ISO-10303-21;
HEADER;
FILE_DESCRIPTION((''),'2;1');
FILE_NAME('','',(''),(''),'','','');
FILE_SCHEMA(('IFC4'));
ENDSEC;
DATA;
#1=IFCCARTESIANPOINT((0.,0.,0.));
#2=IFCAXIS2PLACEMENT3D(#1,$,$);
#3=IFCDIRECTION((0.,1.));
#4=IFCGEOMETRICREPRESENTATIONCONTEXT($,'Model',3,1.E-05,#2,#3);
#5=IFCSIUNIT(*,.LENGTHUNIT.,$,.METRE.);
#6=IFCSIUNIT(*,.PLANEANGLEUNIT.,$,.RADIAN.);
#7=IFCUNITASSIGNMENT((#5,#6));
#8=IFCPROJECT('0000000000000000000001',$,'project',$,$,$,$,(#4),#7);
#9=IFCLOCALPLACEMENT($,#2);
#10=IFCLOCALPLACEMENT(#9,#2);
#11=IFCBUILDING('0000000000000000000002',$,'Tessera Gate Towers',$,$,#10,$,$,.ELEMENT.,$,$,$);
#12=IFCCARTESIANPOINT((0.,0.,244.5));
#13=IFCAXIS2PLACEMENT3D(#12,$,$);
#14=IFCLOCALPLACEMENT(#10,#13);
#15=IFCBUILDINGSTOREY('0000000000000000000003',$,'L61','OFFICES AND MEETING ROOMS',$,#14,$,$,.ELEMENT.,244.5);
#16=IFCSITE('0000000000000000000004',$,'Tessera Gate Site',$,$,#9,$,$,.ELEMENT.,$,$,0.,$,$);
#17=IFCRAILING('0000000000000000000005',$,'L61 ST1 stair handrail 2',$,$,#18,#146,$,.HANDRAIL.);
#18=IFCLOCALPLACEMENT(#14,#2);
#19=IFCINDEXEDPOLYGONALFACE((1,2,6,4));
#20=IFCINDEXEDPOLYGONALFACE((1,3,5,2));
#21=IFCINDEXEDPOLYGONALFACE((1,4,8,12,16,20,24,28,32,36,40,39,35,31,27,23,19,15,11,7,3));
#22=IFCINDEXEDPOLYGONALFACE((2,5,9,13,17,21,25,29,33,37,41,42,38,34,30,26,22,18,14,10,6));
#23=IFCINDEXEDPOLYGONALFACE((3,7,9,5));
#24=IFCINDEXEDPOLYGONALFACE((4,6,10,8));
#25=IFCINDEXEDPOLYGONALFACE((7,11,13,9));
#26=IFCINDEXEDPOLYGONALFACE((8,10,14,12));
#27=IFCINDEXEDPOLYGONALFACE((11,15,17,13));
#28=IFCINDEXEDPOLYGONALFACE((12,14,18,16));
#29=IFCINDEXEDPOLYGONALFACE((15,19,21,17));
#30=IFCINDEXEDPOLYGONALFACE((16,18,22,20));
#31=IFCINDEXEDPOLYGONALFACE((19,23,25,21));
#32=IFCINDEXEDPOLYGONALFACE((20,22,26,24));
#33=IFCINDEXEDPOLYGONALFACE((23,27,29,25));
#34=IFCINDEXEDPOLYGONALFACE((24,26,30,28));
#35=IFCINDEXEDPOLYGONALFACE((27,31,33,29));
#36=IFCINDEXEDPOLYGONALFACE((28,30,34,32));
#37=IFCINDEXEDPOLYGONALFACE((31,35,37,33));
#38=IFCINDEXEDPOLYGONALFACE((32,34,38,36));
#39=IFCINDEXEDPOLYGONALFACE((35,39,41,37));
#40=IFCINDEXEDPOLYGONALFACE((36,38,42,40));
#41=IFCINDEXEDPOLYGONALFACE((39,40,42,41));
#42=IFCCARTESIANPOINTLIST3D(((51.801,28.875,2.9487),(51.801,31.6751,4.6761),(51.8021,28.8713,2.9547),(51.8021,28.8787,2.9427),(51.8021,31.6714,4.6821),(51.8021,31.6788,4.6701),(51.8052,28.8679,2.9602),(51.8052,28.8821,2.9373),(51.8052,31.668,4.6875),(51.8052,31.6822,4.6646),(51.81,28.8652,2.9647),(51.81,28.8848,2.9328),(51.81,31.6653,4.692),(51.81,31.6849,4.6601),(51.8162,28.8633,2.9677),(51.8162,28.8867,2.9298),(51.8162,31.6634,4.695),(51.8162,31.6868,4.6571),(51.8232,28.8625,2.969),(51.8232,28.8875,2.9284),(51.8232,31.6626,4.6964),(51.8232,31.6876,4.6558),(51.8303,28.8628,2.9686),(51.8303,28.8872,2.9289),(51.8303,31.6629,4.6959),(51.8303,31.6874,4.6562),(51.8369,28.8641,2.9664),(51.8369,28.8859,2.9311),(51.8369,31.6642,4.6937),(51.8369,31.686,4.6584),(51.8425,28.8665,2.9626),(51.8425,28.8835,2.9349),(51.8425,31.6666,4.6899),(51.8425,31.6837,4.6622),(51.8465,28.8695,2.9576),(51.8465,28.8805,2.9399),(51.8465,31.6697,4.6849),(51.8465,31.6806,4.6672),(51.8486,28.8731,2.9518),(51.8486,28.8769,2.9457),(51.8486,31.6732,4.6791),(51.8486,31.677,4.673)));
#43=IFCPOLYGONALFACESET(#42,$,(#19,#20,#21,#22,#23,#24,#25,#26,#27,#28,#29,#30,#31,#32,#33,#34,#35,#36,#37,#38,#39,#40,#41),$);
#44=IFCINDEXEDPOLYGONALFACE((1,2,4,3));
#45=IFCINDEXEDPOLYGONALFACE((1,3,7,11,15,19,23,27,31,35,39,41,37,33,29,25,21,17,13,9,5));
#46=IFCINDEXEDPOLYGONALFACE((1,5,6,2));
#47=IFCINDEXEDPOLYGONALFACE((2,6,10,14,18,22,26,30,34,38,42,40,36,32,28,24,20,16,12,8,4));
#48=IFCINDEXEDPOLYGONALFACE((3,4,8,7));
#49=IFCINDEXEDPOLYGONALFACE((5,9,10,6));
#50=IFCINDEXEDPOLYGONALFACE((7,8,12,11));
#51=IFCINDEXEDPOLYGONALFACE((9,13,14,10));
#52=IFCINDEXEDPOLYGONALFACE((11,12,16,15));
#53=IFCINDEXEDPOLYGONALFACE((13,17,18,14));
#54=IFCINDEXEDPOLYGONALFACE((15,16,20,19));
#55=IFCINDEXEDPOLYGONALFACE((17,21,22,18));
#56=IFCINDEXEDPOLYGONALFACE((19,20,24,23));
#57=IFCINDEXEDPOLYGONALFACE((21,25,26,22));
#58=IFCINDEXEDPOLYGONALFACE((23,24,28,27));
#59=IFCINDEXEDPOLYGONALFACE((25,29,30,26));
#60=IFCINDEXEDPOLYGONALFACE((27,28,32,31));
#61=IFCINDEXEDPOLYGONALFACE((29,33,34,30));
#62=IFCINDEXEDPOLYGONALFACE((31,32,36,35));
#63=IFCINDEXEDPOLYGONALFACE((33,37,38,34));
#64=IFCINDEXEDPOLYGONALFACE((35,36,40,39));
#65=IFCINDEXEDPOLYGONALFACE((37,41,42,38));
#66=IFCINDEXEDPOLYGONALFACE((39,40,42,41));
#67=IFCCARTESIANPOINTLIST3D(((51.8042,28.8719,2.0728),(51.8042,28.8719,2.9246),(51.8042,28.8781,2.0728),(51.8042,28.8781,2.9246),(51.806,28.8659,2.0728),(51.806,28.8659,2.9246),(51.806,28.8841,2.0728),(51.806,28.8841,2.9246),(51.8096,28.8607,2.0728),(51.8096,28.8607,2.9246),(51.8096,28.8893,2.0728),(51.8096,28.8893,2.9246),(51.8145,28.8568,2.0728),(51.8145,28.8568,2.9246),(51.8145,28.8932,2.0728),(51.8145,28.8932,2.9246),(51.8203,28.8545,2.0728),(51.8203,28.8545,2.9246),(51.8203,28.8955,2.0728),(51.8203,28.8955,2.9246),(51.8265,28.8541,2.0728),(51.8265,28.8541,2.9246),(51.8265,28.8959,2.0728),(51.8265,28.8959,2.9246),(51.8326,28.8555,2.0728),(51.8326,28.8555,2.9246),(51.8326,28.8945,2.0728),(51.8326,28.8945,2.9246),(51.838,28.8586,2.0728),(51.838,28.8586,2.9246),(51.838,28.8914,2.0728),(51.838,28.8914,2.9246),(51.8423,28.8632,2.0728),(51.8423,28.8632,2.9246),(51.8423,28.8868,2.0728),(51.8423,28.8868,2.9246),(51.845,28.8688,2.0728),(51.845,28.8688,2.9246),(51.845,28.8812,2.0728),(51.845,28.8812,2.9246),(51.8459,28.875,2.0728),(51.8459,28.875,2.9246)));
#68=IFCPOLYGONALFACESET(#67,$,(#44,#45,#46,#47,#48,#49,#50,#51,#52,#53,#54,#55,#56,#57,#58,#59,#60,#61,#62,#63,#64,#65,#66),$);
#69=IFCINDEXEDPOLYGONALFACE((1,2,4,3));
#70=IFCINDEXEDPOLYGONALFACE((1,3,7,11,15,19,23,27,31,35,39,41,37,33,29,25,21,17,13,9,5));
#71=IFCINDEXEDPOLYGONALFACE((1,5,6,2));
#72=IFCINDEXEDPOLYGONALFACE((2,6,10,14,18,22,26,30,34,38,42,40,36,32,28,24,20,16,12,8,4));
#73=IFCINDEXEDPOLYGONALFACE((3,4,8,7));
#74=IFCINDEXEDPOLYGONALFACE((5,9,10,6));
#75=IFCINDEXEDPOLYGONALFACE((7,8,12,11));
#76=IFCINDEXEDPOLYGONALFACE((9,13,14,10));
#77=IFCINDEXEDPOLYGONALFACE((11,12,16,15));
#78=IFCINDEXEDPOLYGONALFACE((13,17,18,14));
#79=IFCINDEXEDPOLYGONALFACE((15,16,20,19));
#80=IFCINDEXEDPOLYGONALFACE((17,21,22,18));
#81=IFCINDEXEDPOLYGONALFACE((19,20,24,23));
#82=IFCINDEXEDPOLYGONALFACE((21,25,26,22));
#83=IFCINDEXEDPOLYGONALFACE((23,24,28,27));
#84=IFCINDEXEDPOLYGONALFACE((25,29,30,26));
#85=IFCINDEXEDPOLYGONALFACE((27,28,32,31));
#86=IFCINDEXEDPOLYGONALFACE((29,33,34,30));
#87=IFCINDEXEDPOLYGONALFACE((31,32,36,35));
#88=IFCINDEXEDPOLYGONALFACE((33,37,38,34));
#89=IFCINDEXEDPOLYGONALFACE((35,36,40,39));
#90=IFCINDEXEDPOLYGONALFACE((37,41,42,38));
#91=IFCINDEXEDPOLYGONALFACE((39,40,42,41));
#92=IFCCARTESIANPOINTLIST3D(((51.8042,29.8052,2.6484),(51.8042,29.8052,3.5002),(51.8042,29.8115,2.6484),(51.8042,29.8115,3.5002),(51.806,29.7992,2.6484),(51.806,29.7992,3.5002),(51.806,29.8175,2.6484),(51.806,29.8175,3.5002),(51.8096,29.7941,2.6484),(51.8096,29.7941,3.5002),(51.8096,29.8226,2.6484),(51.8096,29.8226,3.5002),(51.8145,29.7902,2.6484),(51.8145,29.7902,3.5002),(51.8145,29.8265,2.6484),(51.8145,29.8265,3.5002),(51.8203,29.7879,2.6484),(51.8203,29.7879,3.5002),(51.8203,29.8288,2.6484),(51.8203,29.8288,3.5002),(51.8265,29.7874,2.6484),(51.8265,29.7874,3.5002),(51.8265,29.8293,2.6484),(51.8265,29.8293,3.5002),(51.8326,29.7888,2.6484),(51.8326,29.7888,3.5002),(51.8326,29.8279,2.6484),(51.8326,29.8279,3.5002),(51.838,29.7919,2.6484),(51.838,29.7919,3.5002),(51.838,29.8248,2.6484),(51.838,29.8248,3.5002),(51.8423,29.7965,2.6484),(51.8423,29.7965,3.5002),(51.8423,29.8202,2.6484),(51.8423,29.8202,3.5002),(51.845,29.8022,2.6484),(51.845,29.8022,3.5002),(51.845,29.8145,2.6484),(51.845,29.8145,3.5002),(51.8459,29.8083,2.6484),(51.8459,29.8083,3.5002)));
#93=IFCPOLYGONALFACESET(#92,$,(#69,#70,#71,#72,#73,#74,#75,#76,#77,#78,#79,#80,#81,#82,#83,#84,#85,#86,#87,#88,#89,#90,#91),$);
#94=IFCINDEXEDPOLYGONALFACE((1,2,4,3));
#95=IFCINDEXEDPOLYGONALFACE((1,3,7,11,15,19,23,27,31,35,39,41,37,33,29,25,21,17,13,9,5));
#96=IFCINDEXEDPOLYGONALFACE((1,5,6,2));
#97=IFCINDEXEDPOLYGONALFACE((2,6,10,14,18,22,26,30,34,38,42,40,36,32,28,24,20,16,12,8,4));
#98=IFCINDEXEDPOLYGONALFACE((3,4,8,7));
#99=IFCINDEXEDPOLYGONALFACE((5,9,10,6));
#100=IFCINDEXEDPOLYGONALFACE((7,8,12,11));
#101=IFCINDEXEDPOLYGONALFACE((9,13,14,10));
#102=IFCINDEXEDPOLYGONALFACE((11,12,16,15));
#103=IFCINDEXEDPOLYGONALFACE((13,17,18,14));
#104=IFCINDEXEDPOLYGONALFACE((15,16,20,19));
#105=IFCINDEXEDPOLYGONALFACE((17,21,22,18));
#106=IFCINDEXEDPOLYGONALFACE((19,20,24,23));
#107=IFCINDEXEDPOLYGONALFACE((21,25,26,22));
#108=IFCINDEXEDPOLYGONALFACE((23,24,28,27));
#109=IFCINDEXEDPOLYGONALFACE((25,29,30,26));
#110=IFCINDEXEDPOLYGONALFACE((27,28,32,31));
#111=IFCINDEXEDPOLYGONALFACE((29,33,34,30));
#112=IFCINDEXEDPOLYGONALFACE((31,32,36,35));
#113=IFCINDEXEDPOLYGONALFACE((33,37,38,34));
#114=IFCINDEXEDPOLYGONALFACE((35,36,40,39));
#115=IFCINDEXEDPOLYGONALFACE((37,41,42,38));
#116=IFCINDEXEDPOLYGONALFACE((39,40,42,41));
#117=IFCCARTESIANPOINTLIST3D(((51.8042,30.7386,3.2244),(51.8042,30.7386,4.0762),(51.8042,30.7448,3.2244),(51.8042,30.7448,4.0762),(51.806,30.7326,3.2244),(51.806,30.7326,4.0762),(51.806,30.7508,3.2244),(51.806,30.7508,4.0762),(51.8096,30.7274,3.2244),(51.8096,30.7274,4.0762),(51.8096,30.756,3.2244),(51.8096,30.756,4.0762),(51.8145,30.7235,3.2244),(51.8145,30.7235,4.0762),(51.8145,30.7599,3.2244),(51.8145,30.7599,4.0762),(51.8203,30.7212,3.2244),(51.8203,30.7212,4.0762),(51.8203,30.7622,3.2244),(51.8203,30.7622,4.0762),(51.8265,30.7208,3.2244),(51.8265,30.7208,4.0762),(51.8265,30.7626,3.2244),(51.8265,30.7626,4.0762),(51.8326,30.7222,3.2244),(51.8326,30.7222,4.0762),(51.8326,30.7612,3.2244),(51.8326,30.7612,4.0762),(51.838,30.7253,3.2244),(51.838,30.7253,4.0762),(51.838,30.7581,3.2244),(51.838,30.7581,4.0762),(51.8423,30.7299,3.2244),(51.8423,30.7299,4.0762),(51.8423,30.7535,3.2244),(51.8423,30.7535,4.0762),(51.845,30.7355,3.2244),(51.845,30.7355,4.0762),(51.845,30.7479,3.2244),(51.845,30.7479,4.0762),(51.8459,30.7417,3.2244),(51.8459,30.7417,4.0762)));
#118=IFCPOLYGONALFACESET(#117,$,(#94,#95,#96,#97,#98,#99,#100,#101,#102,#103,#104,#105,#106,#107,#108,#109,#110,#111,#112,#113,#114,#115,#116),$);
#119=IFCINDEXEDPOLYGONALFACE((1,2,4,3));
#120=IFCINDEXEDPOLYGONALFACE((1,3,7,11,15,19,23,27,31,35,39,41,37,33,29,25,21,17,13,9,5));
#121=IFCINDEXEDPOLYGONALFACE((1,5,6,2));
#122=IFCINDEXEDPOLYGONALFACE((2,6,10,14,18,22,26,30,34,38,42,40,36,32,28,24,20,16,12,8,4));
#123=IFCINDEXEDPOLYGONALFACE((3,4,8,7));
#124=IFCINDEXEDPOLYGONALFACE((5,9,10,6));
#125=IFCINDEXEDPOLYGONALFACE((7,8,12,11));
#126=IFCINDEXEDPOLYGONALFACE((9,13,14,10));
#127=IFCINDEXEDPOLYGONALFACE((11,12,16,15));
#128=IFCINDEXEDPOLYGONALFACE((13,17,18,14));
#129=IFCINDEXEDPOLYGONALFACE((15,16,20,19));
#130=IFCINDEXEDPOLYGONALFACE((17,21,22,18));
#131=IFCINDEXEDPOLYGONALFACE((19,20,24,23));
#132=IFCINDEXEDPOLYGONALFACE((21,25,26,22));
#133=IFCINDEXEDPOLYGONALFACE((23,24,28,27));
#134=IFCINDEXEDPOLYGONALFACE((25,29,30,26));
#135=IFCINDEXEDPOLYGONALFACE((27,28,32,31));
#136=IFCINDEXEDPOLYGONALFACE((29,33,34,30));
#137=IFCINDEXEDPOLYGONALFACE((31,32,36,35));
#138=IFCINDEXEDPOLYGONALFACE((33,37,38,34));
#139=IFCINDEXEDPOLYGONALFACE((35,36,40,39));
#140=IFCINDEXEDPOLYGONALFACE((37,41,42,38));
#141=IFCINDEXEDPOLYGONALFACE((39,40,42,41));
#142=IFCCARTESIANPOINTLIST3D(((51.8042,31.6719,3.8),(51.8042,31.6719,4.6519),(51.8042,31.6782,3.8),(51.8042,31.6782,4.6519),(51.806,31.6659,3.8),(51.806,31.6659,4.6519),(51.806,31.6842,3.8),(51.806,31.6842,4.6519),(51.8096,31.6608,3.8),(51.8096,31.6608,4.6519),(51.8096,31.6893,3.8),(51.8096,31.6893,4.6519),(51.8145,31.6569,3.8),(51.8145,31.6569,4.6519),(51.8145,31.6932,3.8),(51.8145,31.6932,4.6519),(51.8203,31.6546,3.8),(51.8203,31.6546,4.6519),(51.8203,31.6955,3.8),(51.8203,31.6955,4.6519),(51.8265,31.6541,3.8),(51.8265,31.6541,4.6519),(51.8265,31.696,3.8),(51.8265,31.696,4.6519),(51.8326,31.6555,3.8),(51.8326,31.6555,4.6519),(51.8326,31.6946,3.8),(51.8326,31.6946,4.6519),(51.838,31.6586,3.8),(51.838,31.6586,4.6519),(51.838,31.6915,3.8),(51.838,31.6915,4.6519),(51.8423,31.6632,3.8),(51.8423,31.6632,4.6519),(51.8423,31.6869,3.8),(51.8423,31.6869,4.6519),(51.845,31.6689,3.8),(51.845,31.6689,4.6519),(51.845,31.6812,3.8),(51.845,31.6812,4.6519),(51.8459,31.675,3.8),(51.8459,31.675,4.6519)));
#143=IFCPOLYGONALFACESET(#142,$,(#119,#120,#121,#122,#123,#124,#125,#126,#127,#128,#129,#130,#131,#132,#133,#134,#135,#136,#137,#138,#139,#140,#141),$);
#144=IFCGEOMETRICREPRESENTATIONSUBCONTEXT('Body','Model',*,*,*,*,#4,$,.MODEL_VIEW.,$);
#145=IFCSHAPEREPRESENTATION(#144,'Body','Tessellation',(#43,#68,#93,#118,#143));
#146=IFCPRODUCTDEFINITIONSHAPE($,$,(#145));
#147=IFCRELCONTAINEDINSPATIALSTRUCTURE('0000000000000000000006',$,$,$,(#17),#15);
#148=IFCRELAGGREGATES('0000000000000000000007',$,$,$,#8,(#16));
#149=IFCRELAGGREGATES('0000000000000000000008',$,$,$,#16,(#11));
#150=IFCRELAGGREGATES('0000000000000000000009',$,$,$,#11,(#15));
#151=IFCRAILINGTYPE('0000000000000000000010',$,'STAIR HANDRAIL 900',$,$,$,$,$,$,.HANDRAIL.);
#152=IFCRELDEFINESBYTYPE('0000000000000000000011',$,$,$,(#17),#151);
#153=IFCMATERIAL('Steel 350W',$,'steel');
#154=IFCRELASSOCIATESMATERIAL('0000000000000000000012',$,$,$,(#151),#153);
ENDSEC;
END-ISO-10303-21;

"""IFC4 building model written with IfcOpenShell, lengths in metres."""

from ifc_helpers import new_model, si_unit, direction, frame, origin, origin_2d, place, context, subcontext, project, spatial, circle, extrude, material, type_object, element, save


model = new_model("IFC4")

# Units and contexts
model_context = context("Model", 3, precision=1e-05, world=origin(), true_north=direction((0.0, 1.0)))
body_context = subcontext(model_context, "Body", "Model", "MODEL_VIEW")
ifc_project = project(units=[si_unit("LENGTHUNIT", "METRE"), si_unit("PLANEANGLEUNIT", "RADIAN")], contexts=[model_context])

# Site, building, storey
site_placement = place(None, origin())
site = spatial("IfcSite", under=ifc_project, at=site_placement, Name="Tessera Gate Site", CompositionType="ELEMENT", RefElevation=0.0)
building_placement = place(site_placement, origin())
building = spatial("IfcBuilding", under=site, at=building_placement, Name="Tessera Gate Towers", CompositionType="ELEMENT")
storey_placement = place(building_placement, frame((0.0, 0.0, 244.5)))
storey = spatial("IfcBuildingStorey", under=building, at=storey_placement, Name="L61", Description="OFFICES AND MEETING ROOMS", CompositionType="ELEMENT", Elevation=244.5)

# Railing
ifc_material_1 = material(Name="Steel 350W", Category="steel")
railing_type_1 = type_object("IfcRailingType", Name="STAIR HANDRAIL 900", PredefinedType="HANDRAIL", material=ifc_material_1)
for number, where, name in (
    (1, (51.825, 28.875, 2.0728), "L61 ST1 stair handrail 2"),
):
    element("IfcRailing", number, at=place(storey_placement, frame(where)), inside=storey, type_object=railing_type_1, Name=name, PredefinedType="HANDRAIL", context=body_context, shape_type="SweptSolid", body=[
        extrude(circle(Radius=0.0239, at=origin_2d()), frame((0.0, 0.0, 0.876), z_axis=(0.0, 0.85109, 0.52502), x_axis=(-1.0, 0.0, 0.0)), (0.0, 0.0, 1.0), 3.29),
        extrude(circle(Radius=0.021, at=origin_2d()), origin(), (0.0, 0.0, 1.0), 0.8518),
        extrude(circle(Radius=0.021, at=origin_2d()), frame((0.0, 0.9333, 0.5757)), (0.0, 0.0, 1.0), 0.8518),
        extrude(circle(Radius=0.021, at=origin_2d()), frame((0.0, 1.8667, 1.1516)), (0.0, 0.0, 1.0), 0.8518),
        extrude(circle(Radius=0.021, at=origin_2d()), frame((0.0, 2.8, 1.7273)), (0.0, 0.0, 1.0), 0.8518),
    ])

save(model, "model.ifc")
